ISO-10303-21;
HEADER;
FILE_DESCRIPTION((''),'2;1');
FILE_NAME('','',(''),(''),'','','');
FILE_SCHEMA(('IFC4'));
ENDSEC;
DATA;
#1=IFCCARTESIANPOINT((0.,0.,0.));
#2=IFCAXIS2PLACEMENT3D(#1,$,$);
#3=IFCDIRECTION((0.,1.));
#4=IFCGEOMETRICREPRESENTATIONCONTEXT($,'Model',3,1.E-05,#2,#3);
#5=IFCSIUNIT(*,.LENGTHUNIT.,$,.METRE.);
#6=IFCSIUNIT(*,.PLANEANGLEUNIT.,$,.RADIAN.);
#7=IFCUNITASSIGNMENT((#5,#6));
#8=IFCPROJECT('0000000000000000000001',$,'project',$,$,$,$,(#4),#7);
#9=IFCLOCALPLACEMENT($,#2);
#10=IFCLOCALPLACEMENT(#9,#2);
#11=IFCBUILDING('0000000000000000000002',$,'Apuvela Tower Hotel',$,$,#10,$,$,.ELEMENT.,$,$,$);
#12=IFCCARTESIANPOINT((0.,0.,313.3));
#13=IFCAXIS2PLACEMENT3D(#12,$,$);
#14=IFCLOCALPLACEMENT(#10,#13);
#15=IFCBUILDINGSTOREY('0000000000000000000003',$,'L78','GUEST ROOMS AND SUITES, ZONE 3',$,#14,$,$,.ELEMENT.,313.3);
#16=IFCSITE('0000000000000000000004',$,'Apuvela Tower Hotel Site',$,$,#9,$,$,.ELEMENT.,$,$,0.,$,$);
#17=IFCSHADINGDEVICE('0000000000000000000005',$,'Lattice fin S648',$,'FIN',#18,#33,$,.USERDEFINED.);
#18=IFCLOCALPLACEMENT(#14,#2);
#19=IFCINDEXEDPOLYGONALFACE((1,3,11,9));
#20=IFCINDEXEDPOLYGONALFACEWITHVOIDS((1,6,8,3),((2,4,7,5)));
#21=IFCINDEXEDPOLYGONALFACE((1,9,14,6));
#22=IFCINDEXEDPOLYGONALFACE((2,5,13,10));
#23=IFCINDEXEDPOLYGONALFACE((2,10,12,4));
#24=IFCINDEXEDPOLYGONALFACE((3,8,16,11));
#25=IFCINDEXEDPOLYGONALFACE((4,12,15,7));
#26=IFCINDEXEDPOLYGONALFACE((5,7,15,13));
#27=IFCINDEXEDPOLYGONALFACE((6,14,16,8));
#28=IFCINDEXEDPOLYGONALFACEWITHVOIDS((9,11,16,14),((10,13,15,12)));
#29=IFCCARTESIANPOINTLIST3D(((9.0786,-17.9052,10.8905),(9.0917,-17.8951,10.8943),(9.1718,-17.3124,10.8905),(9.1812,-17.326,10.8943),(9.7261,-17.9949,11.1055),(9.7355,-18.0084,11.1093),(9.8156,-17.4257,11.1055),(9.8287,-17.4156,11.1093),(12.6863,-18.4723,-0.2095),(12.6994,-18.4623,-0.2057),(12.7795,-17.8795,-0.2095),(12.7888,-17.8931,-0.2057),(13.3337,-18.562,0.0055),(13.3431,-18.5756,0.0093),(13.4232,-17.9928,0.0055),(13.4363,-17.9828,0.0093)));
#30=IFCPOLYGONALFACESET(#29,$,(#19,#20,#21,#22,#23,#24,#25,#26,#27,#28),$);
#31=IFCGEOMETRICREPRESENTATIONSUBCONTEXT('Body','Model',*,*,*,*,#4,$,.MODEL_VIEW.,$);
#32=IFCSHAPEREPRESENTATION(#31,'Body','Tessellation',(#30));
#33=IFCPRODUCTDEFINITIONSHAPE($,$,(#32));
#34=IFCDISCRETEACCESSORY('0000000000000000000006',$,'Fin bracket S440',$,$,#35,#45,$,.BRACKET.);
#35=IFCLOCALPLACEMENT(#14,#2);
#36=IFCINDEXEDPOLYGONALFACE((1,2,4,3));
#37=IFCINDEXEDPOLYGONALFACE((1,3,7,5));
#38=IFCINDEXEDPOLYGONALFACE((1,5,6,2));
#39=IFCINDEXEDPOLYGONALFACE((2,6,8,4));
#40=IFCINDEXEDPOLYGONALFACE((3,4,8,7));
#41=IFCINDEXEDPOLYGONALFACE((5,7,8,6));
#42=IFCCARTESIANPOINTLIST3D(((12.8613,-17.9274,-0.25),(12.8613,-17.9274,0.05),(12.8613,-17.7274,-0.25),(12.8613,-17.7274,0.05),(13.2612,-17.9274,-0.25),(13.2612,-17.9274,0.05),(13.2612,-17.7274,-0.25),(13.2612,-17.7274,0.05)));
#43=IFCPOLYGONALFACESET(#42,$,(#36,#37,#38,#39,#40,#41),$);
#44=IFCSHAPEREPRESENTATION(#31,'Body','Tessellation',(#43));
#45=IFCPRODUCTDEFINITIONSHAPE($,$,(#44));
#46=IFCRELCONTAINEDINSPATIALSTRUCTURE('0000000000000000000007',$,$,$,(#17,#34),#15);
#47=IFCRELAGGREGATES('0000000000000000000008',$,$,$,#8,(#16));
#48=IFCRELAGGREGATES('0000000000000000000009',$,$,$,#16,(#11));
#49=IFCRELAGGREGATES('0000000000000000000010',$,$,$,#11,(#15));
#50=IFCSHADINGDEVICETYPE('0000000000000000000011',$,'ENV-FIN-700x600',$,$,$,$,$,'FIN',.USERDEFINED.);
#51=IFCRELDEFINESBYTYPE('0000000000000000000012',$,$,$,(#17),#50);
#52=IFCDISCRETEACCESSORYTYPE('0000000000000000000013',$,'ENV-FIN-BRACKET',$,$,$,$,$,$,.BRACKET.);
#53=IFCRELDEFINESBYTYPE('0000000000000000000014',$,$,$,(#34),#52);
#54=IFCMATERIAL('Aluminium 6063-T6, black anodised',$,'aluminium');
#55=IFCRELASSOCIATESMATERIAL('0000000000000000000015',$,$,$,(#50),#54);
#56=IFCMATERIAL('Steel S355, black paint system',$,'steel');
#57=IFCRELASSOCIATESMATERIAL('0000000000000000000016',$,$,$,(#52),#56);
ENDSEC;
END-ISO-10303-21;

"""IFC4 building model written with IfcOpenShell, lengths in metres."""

from ifc_helpers import new_model, si_unit, direction, frame, origin, origin_2d, place, context, subcontext, project, spatial, rectangle, hollow_rectangle, extrude, material, material_profile, profile_set, type_object, element, save


model = new_model("IFC4")

# Units and contexts
model_context = context("Model", 3, precision=1e-05, world=origin(), true_north=direction((0.0, 1.0)))
body_context = subcontext(model_context, "Body", "Model", "MODEL_VIEW")
ifc_project = project(units=[si_unit("LENGTHUNIT", "METRE"), si_unit("PLANEANGLEUNIT", "RADIAN")], contexts=[model_context])

# Site, building, storey
site_placement = place(None, origin())
site = spatial("IfcSite", under=ifc_project, at=site_placement, Name="Apuvela Tower Hotel Site", CompositionType="ELEMENT", RefElevation=0.0)
building_placement = place(site_placement, origin())
building = spatial("IfcBuilding", under=site, at=building_placement, Name="Apuvela Tower Hotel", CompositionType="ELEMENT")
storey_placement = place(building_placement, frame((0.0, 0.0, 313.3)))
storey = spatial("IfcBuildingStorey", under=building, at=storey_placement, Name="L78", Description="GUEST ROOMS AND SUITES, ZONE 3", CompositionType="ELEMENT", Elevation=313.3)

# Shading device
ifc_material_1 = material(Name="Aluminium 6063-T6, black anodised", Category="aluminium")
ifc_material_profile_1 = material_profile(ifc_material_1, hollow_rectangle(XDim=0.6001, YDim=0.7, WallThickness=0.012, at=origin_2d()), Name="AL BOX 700x600x12")
ifc_profile_set_1 = profile_set([ifc_material_profile_1], Name="Aluminium 6063-T6, black anodised")
shading_device_type = type_object("IfcShadingDeviceType", Name="ENV-FIN-700x600", ElementType="FIN", PredefinedType="USERDEFINED", material=ifc_profile_set_1)
shading_device_placement = place(storey_placement, frame((13.0613, -18.2275, -0.1001), z_axis=(-0.308732, 0.048534, 0.94991), x_axis=(-0.155297, -0.987868, 0.0)))
element("IfcShadingDevice", 1, at=shading_device_placement, inside=storey, type_object=shading_device_type, Name="Lattice fin S648", ObjectType="FIN", PredefinedType="USERDEFINED", context=body_context, shape_type="SweptSolid", body=[
    extrude(hollow_rectangle(XDim=0.6001, YDim=0.7, WallThickness=0.012, at=origin_2d()), origin(), (0.0, 0.0, 1.0), 11.6853),
])

# Discrete accessory
ifc_material_2 = material(Name="Steel S355, black paint system", Category="steel")
discrete_accessory_type = type_object("IfcDiscreteAccessoryType", Name="ENV-FIN-BRACKET", PredefinedType="BRACKET", material=ifc_material_2)
discrete_accessory_placement = place(storey_placement, frame((13.0613, -17.8274, -0.25), z_axis=(0.0, 0.0, 1.0), x_axis=(1.0, 0.0, 0.0)))
element("IfcDiscreteAccessory", 2, at=discrete_accessory_placement, inside=storey, type_object=discrete_accessory_type, Name="Fin bracket S440", PredefinedType="BRACKET", context=body_context, shape_type="SweptSolid", body=[
    extrude(rectangle(XDim=0.3999, YDim=0.2, at=origin_2d()), origin(), (0.0, 0.0, 1.0), 0.3),
])

save(model, "model.ifc")
